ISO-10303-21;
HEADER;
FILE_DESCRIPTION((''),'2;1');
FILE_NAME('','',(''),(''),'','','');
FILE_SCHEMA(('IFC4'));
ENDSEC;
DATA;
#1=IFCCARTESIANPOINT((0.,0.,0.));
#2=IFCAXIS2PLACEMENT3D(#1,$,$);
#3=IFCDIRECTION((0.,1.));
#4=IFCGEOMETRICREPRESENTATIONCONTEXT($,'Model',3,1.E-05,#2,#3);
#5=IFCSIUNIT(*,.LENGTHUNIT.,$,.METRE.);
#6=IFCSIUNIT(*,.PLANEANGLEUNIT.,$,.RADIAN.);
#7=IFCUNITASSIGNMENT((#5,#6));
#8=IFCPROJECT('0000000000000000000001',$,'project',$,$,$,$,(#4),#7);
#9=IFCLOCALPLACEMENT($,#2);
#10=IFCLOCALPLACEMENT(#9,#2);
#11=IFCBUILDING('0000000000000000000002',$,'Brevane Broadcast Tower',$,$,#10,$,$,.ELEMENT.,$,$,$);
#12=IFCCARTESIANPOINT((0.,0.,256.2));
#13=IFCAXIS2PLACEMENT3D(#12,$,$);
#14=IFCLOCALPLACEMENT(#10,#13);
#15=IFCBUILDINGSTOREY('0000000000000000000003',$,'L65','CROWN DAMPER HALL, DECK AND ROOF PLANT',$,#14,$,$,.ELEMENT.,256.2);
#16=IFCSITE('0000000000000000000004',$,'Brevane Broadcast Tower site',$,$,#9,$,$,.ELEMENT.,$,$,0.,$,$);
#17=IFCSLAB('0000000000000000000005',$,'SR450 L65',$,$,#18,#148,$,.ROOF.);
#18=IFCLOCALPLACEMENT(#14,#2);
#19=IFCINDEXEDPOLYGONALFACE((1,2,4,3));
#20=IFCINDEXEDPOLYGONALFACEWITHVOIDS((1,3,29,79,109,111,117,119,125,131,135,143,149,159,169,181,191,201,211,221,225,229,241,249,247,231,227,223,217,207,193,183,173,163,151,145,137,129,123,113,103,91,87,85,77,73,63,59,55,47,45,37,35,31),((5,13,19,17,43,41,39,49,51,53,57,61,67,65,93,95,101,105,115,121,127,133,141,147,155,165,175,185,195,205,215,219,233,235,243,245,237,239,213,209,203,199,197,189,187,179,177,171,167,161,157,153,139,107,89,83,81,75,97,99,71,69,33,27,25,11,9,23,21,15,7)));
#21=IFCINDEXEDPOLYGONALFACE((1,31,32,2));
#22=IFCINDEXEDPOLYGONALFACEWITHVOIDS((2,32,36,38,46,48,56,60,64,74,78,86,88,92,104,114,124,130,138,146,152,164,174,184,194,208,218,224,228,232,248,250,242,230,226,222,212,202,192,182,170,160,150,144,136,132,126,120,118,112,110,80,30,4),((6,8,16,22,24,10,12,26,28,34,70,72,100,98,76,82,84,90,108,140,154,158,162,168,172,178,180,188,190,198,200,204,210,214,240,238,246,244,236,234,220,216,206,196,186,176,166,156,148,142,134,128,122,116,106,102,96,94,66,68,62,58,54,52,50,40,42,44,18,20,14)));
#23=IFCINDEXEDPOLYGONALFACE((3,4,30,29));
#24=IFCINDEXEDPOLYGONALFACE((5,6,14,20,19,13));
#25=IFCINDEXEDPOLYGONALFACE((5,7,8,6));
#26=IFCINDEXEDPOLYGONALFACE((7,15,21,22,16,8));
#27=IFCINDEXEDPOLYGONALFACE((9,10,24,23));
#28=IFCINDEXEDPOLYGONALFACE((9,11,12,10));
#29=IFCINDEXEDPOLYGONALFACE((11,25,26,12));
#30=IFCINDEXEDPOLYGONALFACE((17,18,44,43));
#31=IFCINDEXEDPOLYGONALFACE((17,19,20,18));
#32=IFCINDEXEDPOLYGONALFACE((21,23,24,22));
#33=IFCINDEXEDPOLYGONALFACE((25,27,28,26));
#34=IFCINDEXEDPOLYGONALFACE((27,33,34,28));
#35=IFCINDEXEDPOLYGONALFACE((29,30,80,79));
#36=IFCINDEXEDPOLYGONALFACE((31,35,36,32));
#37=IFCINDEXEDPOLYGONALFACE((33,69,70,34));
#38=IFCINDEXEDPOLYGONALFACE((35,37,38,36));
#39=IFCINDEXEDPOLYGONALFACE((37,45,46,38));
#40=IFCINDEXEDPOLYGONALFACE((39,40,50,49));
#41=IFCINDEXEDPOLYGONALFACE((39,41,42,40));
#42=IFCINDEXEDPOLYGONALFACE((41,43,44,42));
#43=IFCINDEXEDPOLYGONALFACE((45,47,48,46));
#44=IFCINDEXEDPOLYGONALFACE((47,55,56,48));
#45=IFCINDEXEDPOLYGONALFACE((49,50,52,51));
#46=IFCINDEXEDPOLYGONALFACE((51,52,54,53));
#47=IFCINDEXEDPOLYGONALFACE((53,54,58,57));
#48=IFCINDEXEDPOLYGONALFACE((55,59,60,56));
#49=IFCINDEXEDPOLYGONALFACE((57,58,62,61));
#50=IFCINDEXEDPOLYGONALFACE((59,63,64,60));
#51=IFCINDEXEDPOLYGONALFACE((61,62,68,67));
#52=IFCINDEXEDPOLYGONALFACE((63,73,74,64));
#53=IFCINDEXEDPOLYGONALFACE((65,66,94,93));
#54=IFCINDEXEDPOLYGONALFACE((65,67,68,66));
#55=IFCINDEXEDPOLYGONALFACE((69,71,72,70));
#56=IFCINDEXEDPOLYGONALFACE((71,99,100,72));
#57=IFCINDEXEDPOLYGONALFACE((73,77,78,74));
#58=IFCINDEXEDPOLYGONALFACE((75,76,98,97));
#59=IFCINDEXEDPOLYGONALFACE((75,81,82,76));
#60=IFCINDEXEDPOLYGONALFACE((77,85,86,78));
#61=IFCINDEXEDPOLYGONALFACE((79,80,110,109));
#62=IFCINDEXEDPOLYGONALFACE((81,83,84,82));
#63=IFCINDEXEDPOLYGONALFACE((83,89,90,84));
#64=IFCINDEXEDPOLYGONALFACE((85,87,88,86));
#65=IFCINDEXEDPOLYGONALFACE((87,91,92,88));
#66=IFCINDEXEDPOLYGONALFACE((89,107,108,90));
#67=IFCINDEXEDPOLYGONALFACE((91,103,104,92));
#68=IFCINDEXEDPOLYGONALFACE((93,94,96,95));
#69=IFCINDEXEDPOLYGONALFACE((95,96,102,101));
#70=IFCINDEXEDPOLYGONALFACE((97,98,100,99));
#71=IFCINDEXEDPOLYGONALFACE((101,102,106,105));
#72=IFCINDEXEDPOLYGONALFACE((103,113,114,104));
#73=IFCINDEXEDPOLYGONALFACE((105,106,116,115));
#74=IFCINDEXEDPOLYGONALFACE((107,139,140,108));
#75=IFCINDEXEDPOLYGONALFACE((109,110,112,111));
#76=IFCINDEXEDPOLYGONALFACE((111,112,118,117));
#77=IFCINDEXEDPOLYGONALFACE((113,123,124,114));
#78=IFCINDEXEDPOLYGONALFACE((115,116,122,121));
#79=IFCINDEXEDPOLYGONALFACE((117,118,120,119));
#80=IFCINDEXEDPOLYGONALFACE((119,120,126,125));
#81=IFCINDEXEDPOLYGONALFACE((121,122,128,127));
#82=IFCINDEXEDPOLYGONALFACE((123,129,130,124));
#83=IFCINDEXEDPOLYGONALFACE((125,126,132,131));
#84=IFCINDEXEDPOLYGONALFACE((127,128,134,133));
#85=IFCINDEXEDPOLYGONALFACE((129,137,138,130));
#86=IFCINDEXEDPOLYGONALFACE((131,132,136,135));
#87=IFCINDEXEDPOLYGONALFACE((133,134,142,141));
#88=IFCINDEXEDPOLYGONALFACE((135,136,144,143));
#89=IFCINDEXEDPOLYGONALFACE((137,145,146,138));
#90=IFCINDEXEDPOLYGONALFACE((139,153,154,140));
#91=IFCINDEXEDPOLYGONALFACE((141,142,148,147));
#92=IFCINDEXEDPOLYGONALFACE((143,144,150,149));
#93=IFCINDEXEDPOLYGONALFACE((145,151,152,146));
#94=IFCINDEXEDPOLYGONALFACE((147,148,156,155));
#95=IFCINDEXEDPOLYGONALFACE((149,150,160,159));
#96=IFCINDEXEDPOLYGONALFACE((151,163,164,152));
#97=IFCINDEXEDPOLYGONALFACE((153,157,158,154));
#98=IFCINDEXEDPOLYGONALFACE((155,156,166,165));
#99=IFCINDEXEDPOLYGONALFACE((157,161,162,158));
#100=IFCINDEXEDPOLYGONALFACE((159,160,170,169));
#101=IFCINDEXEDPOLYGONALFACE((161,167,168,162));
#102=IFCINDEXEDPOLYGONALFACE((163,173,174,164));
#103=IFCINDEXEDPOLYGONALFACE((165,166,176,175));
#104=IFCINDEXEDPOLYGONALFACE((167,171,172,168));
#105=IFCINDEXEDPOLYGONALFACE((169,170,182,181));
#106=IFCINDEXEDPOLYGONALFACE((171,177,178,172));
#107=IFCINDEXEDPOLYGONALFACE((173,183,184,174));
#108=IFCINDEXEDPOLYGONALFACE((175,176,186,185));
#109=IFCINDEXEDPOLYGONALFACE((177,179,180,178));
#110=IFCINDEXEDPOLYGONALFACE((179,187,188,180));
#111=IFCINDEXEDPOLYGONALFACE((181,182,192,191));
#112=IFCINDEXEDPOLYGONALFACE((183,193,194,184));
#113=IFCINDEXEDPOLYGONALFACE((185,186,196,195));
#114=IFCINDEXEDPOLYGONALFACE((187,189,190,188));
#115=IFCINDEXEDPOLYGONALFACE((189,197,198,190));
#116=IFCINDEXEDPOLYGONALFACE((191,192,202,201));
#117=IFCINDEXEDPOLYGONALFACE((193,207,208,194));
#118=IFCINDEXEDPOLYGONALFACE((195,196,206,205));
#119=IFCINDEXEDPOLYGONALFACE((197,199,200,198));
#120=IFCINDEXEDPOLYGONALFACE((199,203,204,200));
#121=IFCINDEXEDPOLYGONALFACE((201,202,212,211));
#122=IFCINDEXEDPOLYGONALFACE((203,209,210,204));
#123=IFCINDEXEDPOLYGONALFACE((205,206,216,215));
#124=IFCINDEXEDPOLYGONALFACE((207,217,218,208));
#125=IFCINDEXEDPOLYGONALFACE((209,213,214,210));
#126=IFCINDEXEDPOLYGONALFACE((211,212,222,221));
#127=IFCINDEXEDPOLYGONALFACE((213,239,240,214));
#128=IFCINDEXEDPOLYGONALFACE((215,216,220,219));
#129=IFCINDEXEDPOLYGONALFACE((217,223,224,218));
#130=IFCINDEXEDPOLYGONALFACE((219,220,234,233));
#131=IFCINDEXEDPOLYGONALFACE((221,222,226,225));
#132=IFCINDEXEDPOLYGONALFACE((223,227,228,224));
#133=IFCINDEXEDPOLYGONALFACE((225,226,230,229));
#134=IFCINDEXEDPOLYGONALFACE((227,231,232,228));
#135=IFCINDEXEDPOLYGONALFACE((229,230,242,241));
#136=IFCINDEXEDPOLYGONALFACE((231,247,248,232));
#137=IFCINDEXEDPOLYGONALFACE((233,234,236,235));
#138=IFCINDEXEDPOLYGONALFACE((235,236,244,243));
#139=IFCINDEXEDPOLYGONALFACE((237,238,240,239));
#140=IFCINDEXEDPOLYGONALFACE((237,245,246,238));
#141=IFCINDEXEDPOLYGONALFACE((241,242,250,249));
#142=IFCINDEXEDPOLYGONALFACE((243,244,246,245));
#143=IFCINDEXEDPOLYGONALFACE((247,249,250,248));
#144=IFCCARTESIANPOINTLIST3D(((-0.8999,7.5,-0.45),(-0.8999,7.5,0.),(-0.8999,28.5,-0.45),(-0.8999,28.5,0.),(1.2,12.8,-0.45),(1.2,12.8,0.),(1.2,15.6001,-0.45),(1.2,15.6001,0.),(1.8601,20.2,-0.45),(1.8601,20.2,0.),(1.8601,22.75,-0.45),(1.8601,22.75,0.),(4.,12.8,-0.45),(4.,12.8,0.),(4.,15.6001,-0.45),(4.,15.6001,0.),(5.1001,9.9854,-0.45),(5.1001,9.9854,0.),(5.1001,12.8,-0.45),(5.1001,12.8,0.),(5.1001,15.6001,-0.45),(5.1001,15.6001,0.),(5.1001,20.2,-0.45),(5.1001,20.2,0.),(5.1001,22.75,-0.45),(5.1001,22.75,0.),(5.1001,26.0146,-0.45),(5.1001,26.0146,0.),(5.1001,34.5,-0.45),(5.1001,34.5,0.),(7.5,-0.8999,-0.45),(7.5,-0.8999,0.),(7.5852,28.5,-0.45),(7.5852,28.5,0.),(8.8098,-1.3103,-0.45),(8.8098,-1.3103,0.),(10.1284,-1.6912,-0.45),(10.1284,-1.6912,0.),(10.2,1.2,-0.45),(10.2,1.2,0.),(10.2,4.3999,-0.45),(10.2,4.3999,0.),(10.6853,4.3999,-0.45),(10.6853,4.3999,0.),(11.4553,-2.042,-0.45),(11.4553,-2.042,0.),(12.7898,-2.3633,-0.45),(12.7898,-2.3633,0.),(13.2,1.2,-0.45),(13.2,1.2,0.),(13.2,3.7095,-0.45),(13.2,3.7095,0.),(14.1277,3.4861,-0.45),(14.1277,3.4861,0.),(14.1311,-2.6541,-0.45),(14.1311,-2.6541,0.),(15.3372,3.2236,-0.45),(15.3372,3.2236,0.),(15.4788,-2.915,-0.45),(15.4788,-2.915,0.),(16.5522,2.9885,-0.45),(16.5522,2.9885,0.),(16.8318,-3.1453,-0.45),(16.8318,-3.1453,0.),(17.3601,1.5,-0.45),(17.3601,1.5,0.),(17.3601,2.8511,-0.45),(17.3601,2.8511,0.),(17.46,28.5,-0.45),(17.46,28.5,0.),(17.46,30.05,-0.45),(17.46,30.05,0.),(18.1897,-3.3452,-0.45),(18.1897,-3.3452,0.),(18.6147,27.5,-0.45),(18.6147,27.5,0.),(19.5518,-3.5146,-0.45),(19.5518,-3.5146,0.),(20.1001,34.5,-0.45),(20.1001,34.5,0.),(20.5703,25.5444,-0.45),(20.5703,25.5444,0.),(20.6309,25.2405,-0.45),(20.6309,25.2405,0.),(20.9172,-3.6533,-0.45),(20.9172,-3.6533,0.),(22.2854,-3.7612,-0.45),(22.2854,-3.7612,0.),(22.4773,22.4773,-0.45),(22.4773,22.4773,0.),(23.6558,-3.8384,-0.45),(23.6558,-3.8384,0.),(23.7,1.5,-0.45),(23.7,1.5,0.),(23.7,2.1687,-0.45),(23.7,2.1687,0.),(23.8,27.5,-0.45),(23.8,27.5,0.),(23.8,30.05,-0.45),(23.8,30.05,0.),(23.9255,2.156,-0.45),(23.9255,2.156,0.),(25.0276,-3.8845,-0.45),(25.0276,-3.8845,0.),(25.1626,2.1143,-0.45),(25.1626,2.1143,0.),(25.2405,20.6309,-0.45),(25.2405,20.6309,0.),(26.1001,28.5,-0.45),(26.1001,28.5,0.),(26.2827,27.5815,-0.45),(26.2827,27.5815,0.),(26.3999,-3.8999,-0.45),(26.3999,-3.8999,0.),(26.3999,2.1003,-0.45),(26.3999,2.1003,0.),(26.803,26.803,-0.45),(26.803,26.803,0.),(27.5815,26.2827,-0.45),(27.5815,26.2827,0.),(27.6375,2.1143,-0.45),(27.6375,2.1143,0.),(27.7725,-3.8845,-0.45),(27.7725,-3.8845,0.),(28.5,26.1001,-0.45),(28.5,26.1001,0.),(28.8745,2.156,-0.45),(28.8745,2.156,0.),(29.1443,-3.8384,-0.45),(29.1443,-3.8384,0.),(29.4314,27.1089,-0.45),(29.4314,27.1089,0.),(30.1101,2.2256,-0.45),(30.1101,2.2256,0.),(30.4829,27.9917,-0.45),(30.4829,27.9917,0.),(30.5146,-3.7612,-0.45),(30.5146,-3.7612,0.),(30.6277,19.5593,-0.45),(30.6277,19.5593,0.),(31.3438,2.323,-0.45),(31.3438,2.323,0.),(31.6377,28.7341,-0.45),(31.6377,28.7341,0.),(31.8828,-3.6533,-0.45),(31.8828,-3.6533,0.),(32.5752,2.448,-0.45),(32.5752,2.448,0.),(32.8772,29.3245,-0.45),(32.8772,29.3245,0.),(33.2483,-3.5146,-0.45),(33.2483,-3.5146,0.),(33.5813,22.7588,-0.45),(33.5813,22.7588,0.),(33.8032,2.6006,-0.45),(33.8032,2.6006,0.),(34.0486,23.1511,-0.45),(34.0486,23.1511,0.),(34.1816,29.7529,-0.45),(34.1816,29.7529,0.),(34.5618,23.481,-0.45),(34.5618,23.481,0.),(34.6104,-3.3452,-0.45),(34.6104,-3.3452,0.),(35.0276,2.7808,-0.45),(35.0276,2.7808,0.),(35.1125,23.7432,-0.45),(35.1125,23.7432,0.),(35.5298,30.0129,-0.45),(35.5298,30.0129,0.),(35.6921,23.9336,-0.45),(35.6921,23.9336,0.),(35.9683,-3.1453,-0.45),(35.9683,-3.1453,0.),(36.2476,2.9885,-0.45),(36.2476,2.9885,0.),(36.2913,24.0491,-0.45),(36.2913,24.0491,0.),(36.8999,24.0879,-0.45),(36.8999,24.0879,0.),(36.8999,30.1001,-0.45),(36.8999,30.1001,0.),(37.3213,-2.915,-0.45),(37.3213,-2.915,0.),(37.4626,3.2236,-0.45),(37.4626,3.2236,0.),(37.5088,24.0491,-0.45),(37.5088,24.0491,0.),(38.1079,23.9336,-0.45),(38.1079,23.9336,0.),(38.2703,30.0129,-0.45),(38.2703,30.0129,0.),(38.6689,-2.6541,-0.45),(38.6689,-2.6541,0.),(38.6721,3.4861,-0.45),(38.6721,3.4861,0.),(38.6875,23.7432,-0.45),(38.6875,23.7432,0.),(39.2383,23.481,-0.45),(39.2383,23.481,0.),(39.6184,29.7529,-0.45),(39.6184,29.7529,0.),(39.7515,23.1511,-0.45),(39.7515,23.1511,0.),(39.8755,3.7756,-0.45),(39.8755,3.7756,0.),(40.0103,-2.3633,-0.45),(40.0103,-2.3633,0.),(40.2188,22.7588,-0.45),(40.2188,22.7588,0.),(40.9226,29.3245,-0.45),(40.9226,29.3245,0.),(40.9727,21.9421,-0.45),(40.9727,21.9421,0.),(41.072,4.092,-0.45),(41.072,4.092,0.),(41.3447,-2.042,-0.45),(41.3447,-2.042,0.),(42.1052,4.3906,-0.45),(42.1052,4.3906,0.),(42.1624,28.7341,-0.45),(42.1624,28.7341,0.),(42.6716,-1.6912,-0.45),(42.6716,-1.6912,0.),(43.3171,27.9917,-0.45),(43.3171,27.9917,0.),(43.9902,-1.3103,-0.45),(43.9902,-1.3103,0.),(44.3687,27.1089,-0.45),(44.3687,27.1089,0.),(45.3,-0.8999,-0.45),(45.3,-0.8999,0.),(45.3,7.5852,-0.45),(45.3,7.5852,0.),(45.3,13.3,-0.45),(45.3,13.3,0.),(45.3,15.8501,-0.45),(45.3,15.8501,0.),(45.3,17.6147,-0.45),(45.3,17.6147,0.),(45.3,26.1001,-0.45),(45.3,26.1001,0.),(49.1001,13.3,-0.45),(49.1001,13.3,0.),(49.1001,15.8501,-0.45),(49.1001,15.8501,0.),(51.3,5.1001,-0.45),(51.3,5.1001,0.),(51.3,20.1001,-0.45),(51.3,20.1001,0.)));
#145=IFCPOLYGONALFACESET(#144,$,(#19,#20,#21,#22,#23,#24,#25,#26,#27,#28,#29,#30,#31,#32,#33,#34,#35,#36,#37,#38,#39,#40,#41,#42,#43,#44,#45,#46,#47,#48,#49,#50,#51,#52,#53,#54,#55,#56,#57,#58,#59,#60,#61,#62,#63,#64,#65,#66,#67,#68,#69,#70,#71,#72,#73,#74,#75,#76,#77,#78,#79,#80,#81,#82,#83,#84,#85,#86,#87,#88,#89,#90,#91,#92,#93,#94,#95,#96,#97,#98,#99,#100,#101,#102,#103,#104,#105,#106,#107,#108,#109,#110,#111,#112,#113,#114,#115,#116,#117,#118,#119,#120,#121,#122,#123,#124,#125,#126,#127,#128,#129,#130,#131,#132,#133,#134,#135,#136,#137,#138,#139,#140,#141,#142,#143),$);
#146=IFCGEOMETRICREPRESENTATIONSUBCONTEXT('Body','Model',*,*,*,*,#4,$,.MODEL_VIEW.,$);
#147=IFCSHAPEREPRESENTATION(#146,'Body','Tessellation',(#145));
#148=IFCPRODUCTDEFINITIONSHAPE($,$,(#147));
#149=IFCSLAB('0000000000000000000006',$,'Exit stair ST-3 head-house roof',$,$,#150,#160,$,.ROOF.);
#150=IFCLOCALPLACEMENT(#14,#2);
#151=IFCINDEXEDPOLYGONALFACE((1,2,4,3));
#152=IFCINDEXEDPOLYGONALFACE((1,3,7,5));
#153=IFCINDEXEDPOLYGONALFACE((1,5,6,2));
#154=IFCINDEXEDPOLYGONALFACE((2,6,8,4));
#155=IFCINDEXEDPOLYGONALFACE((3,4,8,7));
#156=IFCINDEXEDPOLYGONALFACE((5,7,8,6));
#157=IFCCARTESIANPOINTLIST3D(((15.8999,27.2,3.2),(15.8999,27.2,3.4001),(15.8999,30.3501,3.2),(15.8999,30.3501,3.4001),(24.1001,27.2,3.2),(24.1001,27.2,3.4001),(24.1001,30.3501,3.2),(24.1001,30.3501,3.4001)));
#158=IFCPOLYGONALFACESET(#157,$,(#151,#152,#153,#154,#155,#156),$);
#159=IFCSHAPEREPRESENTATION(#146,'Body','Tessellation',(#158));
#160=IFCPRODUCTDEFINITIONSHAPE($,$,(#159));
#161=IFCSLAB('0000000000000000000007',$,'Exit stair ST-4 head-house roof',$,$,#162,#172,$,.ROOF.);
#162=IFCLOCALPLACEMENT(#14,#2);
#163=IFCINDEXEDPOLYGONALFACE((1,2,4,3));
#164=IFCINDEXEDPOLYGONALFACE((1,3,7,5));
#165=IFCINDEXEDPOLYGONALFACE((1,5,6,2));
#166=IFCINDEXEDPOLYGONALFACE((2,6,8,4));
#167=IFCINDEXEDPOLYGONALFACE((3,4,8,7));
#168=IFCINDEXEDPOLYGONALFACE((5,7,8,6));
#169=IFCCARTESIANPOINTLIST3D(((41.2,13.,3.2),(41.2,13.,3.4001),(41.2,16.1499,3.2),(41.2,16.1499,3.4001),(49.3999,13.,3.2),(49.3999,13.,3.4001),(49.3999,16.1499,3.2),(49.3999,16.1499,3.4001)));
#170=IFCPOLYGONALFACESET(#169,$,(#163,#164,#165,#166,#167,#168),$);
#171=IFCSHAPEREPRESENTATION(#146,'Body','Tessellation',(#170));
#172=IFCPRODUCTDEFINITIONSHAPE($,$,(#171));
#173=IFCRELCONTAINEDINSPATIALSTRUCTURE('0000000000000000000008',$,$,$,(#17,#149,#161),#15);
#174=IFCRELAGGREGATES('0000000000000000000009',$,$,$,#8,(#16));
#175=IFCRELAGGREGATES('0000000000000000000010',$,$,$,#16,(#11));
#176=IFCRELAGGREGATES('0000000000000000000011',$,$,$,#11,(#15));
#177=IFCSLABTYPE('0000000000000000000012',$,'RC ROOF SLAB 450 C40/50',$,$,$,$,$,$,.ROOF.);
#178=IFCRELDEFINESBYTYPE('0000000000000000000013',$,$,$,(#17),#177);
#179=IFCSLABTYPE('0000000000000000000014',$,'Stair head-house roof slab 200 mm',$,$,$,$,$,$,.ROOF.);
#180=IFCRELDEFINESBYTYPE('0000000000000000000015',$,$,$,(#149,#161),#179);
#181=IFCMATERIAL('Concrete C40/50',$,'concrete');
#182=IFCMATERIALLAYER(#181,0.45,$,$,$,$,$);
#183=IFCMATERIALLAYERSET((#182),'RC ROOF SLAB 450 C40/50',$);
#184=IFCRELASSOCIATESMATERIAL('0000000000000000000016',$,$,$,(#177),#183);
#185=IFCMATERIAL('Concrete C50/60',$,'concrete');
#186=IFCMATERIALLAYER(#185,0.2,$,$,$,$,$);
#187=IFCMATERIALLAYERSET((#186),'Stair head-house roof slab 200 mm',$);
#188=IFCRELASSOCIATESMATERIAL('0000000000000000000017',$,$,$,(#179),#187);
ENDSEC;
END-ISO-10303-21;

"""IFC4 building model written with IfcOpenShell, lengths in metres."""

from ifc_helpers import new_model, si_unit, direction, frame, origin, place, context, subcontext, project, spatial, polyline, outline, extrude, material, layer, layer_set, type_object, element, save


model = new_model("IFC4")

# Units and contexts
model_context = context("Model", 3, precision=1e-05, world=origin(), true_north=direction((0.0, 1.0)))
body_context = subcontext(model_context, "Body", "Model", "MODEL_VIEW")
ifc_project = project(units=[si_unit("LENGTHUNIT", "METRE"), si_unit("PLANEANGLEUNIT", "RADIAN")], contexts=[model_context])

# Site, building, storey
site_placement = place(None, origin())
site = spatial("IfcSite", under=ifc_project, at=site_placement, Name="Brevane Broadcast Tower site", CompositionType="ELEMENT", RefElevation=0.0)
building_placement = place(site_placement, origin())
building = spatial("IfcBuilding", under=site, at=building_placement, Name="Brevane Broadcast Tower", CompositionType="ELEMENT")
storey_placement = place(building_placement, frame((0.0, 0.0, 256.2)))
storey = spatial("IfcBuildingStorey", under=building, at=storey_placement, Name="L65", Description="CROWN DAMPER HALL, DECK AND ROOF PLANT", CompositionType="ELEMENT", Elevation=256.2)

# Shared definitions
ifc_material_1 = material(Name="Concrete C50/60", Category="concrete")

# Slabs
ifc_material_2 = material(Name="Concrete C40/50", Category="concrete")
ifc_layer_1 = layer(ifc_material_2, 0.45)
ifc_layer_set_1 = layer_set([ifc_layer_1], Name="RC ROOF SLAB 450 C40/50")
slab_type_1 = type_object("IfcSlabType", Name="RC ROOF SLAB 450 C40/50", PredefinedType="ROOF", material=ifc_layer_set_1)
slab_1_placement = place(storey_placement, frame((0.0, 0.0, -0.45)))
element("IfcSlab", 1, at=slab_1_placement, inside=storey, type_object=slab_type_1, Name="SR450 L65", PredefinedType="ROOF", context=body_context, shape_type="SweptSolid", body=[
    extrude(outline(polyline([(-0.8999, 28.5), (5.1001, 34.5), (20.1001, 34.5), (26.1001, 28.5), (26.2827, 27.5815), (26.803, 26.803), (27.5815, 26.2827), (28.5, 26.1001), (29.4314, 27.1089), (30.4829, 27.9917), (31.6377, 28.7341), (32.8772, 29.3245), (34.1816, 29.7529), (35.5298, 30.0129), (36.8999, 30.1001), (38.2703, 30.0129), (39.6184, 29.7529), (40.9226, 29.3245), (42.1624, 28.7341), (43.3171, 27.9917), (44.3687, 27.1089), (45.3, 26.1001), (51.3, 20.1001), (51.3, 5.1001), (45.3, -0.8999), (43.9902, -1.3103), (42.6716, -1.6912), (41.3447, -2.042), (40.0103, -2.3633), (38.6689, -2.6541), (37.3213, -2.915), (35.9683, -3.1453), (34.6104, -3.3452), (33.2483, -3.5146), (31.8828, -3.6533), (30.5146, -3.7612), (29.1443, -3.8384), (27.7725, -3.8845), (26.3999, -3.8999), (25.0276, -3.8845), (23.6558, -3.8384), (22.2854, -3.7612), (20.9172, -3.6533), (19.5518, -3.5146), (18.1897, -3.3452), (16.8318, -3.1453), (15.4788, -2.915), (14.1311, -2.6541), (12.7898, -2.3633), (11.4553, -2.042), (10.1284, -1.6912), (8.8098, -1.3103), (7.5, -0.8999), (-0.8999, 7.5), (-0.8999, 28.5)]), holes=[polyline([(14.1277, 3.4861), (15.3372, 3.2236), (16.5522, 2.9885), (17.3601, 2.8511), (17.3601, 1.5), (23.7, 1.5), (23.7, 2.1687), (23.9255, 2.156), (25.1626, 2.1143), (26.3999, 2.1003), (27.6375, 2.1143), (28.8745, 2.156), (30.1101, 2.2256), (31.3438, 2.323), (32.5752, 2.448), (33.8032, 2.6006), (35.0276, 2.7808), (36.2476, 2.9885), (37.4626, 3.2236), (38.6721, 3.4861), (39.8755, 3.7756), (41.072, 4.092), (42.1052, 4.3906), (45.3, 7.5852), (45.3, 13.3), (49.1001, 13.3), (49.1001, 15.8501), (45.3, 15.8501), (45.3, 17.6147), (40.9727, 21.9421), (40.2188, 22.7588), (39.7515, 23.1511), (39.2383, 23.481), (38.6875, 23.7432), (38.1079, 23.9336), (37.5088, 24.0491), (36.8999, 24.0879), (36.2913, 24.0491), (35.6921, 23.9336), (35.1125, 23.7432), (34.5618, 23.481), (34.0486, 23.1511), (33.5813, 22.7588), (30.6277, 19.5593), (25.2405, 20.6309), (22.4773, 22.4773), (20.6309, 25.2405), (20.5703, 25.5444), (18.6147, 27.5), (23.8, 27.5), (23.8, 30.05), (17.46, 30.05), (17.46, 28.5), (7.5852, 28.5), (5.1001, 26.0146), (5.1001, 22.75), (1.8601, 22.75), (1.8601, 20.2), (5.1001, 20.2), (5.1001, 15.6001), (4.0, 15.6001), (1.2, 15.6001), (1.2, 12.8), (4.0, 12.8), (5.1001, 12.8), (5.1001, 9.9854), (10.6853, 4.3999), (10.2, 4.3999), (10.2, 1.2), (13.2, 1.2), (13.2, 3.7095), (14.1277, 3.4861)])]), origin(), (0.0, 0.0, 1.0), 0.45),
])
ifc_layer_2 = layer(ifc_material_1, 0.2)
ifc_layer_set_2 = layer_set([ifc_layer_2], Name="Stair head-house roof slab 200 mm")
slab_type_2 = type_object("IfcSlabType", Name="Stair head-house roof slab 200 mm", PredefinedType="ROOF", material=ifc_layer_set_2)
slab_2_placement = place(storey_placement, frame((0.0, 0.0, 3.2)))
element("IfcSlab", 2, at=slab_2_placement, inside=storey, type_object=slab_type_2, Name="Exit stair ST-3 head-house roof", PredefinedType="ROOF", context=body_context, shape_type="SweptSolid", body=[
    extrude(outline(polyline([(15.8999, 27.2), (24.1001, 27.2), (24.1001, 30.3501), (15.8999, 30.3501), (15.8999, 27.2)])), origin(), (0.0, 0.0, 1.0), 0.2002),
])
slab_3_placement = place(storey_placement, frame((0.0, 0.0, 3.2)))
element("IfcSlab", 3, at=slab_3_placement, inside=storey, type_object=slab_type_2, Name="Exit stair ST-4 head-house roof", PredefinedType="ROOF", context=body_context, shape_type="SweptSolid", body=[
    extrude(outline(polyline([(41.2, 13.0), (49.3999, 13.0), (49.3999, 16.1499), (41.2, 16.1499), (41.2, 13.0)])), origin(), (0.0, 0.0, 1.0), 0.2002),
])

save(model, "model.ifc")
